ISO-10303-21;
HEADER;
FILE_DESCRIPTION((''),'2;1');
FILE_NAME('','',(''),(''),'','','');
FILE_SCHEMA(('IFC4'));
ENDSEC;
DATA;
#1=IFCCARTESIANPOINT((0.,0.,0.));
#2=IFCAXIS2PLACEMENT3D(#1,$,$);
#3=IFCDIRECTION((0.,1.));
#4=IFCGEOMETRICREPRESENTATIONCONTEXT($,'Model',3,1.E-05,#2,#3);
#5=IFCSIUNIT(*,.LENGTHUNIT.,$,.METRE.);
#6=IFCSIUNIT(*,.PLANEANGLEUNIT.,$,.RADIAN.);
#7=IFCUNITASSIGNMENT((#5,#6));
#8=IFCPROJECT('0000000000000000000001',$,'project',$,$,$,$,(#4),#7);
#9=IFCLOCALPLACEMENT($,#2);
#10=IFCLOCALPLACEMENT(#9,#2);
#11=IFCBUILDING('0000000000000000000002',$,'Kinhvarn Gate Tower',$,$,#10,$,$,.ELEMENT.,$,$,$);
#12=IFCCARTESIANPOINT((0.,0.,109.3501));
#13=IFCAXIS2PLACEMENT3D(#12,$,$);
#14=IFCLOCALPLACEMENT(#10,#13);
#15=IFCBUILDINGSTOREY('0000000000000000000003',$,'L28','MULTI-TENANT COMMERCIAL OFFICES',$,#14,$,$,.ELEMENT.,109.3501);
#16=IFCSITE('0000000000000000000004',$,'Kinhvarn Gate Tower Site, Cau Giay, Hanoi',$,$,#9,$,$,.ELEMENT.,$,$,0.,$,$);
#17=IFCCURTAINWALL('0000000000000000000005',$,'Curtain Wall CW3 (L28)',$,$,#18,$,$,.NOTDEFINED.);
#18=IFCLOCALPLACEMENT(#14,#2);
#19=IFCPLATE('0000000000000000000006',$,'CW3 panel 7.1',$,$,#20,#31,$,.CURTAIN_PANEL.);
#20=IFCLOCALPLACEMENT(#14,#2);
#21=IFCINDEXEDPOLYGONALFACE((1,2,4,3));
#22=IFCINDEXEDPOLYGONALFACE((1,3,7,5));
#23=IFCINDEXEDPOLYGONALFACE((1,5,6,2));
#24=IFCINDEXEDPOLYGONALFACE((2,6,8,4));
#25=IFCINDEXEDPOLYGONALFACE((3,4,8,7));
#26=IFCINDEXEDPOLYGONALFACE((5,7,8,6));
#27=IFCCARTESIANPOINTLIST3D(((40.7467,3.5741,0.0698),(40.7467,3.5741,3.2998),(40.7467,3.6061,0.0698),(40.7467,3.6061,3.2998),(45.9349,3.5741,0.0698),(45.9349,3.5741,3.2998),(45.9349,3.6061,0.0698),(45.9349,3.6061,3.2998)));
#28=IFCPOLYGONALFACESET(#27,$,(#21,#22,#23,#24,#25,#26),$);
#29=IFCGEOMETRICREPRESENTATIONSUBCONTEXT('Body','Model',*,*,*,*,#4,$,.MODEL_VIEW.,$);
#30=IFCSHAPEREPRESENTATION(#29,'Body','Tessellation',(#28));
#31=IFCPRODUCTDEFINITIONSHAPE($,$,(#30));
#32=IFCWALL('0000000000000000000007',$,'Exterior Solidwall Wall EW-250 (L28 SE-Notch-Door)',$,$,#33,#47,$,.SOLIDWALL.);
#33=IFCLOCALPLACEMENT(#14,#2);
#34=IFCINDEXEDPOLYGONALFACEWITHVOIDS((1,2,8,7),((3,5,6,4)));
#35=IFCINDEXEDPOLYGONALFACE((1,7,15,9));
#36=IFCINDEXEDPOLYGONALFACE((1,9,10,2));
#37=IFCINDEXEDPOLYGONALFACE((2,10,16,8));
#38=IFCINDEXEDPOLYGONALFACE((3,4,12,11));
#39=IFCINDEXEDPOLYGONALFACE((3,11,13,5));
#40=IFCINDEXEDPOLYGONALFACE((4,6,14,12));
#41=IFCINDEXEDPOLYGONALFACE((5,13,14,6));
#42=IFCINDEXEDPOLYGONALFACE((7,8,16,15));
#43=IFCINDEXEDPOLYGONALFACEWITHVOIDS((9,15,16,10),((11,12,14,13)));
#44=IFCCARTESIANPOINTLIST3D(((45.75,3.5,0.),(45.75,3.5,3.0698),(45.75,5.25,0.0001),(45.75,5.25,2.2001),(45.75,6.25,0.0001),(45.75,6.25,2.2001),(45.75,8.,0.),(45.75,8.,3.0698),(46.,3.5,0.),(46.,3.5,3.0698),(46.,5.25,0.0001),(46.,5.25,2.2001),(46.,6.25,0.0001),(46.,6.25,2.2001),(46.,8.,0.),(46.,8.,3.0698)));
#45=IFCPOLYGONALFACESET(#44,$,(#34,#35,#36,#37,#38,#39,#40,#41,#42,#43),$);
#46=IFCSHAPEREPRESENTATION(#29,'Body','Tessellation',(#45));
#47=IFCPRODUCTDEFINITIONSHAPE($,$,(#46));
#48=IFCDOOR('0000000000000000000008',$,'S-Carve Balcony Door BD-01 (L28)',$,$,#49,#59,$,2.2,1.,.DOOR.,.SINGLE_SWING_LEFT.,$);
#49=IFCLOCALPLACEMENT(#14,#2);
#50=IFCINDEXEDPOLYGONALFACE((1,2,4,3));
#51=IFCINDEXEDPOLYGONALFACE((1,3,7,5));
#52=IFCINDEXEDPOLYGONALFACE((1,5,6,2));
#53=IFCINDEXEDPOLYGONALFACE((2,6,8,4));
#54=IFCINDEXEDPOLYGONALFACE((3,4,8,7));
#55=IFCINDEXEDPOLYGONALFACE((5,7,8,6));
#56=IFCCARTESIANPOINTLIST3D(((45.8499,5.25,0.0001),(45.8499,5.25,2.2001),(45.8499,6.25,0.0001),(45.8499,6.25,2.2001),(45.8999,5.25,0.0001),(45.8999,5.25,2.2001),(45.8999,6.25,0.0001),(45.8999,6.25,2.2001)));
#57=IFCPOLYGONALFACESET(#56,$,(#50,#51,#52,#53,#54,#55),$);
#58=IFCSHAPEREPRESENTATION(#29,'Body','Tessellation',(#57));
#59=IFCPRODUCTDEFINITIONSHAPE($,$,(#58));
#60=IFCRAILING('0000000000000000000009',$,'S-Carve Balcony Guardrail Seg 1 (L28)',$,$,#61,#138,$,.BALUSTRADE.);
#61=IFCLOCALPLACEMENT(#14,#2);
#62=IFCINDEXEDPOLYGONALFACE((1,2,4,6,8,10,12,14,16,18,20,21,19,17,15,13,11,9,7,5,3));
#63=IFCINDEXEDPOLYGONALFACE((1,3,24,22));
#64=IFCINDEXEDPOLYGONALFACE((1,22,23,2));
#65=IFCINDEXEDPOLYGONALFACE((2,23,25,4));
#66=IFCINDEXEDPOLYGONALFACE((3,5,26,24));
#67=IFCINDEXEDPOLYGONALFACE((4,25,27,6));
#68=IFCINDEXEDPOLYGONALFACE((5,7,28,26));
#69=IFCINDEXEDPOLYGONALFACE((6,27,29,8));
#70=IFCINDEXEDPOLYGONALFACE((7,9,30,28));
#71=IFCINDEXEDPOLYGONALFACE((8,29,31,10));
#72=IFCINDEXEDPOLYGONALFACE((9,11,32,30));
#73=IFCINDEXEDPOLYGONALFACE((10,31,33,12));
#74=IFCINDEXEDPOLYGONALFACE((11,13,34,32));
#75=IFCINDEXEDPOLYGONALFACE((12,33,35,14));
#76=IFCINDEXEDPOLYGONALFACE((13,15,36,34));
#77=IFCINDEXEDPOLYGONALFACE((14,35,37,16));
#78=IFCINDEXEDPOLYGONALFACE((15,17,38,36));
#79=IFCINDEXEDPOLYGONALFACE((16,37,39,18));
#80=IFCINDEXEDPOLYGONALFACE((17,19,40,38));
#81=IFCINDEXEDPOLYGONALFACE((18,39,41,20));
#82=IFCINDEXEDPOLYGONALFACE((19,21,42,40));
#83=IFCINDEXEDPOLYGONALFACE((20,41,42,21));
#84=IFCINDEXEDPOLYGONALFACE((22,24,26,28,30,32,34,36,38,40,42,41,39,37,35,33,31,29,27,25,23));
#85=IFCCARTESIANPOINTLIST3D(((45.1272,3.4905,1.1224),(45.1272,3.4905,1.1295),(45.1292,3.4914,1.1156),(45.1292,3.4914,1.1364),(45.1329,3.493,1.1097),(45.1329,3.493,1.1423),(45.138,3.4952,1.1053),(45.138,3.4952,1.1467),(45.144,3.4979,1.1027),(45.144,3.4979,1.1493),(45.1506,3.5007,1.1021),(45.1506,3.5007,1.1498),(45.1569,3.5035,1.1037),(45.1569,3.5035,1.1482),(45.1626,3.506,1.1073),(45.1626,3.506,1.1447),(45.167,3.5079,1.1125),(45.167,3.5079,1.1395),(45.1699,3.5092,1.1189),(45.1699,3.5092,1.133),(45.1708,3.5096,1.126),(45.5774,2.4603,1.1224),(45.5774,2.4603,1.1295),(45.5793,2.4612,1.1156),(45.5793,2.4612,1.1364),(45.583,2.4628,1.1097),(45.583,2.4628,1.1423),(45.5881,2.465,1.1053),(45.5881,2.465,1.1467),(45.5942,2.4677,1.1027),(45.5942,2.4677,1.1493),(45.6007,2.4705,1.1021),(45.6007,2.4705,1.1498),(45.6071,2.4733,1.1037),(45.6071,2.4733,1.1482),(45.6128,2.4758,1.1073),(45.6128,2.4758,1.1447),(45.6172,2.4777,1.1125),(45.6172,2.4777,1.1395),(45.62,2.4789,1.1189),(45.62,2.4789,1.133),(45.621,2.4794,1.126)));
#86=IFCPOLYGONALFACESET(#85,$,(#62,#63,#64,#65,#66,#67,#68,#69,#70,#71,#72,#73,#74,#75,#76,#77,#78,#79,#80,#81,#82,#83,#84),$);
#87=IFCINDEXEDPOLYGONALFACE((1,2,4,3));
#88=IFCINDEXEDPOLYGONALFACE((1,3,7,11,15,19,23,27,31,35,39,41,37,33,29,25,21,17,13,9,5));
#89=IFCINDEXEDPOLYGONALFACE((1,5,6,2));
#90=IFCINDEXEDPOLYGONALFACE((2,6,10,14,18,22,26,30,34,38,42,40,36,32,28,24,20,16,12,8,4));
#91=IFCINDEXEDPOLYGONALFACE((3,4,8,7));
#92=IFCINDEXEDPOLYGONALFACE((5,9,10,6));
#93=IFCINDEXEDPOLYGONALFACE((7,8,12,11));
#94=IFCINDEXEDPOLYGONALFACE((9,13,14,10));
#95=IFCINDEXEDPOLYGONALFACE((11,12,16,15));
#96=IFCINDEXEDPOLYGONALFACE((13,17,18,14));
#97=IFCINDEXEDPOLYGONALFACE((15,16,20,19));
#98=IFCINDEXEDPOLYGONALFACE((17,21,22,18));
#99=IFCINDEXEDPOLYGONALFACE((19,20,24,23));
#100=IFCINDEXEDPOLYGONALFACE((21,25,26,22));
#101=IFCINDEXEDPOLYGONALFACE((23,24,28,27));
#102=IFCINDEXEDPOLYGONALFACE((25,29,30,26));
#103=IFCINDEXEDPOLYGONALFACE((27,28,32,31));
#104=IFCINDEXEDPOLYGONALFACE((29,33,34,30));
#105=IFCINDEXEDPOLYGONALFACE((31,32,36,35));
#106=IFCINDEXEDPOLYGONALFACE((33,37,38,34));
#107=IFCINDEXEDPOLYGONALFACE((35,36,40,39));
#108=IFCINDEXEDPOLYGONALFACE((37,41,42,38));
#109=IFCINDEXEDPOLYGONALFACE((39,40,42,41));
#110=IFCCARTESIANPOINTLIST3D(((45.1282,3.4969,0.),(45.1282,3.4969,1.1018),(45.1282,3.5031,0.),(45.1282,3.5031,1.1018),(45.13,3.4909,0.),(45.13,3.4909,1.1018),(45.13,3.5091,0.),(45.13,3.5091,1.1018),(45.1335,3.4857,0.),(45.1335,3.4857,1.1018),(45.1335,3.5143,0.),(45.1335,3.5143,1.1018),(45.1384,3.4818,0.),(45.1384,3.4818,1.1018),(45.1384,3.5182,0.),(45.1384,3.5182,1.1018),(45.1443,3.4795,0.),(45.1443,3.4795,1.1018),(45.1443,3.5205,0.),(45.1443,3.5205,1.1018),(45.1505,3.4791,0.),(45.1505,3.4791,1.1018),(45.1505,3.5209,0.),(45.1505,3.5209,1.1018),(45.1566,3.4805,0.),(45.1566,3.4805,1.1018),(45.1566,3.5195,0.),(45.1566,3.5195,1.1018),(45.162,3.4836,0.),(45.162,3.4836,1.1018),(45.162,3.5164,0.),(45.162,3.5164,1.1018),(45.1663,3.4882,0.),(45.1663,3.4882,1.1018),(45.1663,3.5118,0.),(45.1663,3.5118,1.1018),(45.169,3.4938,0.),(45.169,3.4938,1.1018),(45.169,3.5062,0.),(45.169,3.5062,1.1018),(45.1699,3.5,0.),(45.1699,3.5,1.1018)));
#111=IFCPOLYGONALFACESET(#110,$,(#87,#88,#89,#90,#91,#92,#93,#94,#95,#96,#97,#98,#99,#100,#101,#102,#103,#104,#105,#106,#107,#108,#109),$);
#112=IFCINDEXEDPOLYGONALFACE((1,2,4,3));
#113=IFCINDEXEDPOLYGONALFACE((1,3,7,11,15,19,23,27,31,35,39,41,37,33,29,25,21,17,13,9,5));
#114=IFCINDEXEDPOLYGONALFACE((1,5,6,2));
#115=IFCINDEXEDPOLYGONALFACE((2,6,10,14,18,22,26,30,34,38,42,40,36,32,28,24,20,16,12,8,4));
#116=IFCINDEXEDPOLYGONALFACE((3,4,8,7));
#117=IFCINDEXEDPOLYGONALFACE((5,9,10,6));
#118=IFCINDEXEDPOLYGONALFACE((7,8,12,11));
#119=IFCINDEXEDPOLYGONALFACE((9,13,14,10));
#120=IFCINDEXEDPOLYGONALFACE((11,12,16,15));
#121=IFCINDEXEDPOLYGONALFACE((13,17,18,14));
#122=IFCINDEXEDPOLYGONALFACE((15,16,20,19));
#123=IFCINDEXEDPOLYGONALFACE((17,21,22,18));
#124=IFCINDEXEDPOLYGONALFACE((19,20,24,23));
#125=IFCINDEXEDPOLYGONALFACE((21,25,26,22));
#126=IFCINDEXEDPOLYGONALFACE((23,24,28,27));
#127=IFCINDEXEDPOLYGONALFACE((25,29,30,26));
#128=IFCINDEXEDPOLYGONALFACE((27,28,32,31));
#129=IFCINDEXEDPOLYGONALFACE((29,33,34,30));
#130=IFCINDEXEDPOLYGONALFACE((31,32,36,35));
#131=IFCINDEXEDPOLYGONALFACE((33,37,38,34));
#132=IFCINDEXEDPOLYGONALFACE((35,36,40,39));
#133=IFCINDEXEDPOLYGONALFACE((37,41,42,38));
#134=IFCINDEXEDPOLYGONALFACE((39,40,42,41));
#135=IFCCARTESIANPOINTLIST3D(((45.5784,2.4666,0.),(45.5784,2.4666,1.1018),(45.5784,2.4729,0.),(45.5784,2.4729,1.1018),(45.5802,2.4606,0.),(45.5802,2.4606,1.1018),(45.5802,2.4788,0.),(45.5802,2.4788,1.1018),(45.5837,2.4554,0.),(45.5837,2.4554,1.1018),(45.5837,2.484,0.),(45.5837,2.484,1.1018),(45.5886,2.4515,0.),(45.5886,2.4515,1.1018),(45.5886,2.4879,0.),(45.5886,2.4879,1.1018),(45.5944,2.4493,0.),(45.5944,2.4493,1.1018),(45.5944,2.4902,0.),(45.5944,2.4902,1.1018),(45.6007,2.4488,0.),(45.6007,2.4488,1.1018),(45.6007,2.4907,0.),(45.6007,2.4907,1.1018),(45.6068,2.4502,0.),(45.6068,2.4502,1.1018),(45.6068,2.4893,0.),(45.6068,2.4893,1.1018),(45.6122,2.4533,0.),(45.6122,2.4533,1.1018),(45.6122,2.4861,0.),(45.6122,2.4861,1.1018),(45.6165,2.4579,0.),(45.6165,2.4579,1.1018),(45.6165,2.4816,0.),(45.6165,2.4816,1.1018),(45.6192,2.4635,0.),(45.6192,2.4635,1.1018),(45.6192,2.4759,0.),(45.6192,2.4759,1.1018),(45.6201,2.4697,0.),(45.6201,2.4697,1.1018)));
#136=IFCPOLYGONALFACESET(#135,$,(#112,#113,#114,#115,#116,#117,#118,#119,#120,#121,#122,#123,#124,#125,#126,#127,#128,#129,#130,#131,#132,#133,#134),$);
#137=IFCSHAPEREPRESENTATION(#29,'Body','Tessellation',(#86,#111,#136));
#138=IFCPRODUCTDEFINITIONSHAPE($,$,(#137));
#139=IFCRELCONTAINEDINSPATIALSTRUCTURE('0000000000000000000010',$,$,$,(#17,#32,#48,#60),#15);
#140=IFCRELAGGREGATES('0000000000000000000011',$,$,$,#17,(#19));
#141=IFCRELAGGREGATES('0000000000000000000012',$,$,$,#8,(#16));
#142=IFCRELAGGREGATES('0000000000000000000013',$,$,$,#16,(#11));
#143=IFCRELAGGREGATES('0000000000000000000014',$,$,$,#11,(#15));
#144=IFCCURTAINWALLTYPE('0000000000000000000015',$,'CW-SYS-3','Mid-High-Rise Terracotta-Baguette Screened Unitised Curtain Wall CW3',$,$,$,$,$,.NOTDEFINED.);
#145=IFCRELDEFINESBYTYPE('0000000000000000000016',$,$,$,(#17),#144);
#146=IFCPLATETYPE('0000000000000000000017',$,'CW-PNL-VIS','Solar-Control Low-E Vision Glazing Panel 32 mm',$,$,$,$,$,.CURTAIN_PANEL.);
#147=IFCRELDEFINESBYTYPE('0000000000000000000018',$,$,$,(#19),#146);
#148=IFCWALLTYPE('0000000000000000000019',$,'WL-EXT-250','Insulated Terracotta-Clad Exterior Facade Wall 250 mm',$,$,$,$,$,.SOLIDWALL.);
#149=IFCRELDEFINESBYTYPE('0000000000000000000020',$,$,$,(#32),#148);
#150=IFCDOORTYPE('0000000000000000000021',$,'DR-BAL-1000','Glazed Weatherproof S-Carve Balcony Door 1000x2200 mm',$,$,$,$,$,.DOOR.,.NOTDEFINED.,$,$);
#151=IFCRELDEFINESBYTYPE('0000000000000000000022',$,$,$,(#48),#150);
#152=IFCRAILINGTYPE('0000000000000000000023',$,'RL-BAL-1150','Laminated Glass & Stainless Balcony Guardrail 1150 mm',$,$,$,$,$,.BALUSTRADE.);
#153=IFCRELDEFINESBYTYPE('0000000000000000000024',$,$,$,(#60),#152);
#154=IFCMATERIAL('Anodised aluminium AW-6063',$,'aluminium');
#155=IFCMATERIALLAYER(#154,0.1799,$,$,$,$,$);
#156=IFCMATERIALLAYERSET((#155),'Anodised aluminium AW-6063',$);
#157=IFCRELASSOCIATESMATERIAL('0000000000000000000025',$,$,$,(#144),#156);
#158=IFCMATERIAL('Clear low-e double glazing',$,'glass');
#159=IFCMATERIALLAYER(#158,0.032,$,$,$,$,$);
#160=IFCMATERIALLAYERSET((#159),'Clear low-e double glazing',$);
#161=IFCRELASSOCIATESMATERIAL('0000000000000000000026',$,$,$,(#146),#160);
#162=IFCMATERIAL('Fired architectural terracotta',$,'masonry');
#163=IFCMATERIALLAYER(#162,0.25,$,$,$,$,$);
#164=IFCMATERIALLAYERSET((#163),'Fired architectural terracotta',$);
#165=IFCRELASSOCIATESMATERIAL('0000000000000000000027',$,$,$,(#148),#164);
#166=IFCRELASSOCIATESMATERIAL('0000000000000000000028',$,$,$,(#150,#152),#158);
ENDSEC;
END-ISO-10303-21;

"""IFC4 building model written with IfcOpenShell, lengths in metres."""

from ifc_helpers import new_model, si_unit, direction, frame, frame_2d, origin, origin_2d, place, context, subcontext, project, spatial, rectangle, circle, extrude, material, layer, layer_set, type_object, element, fill, aggregate, save


model = new_model("IFC4")

# Units and contexts
model_context = context("Model", 3, precision=1e-05, world=origin(), true_north=direction((0.0, 1.0)))
body_context = subcontext(model_context, "Body", "Model", "MODEL_VIEW")
ifc_project = project(units=[si_unit("LENGTHUNIT", "METRE"), si_unit("PLANEANGLEUNIT", "RADIAN")], contexts=[model_context])

# Site, building, storey
site_placement = place(None, origin())
site = spatial("IfcSite", under=ifc_project, at=site_placement, Name="Kinhvarn Gate Tower Site, Cau Giay, Hanoi", CompositionType="ELEMENT", RefElevation=0.0)
building_placement = place(site_placement, origin())
building = spatial("IfcBuilding", under=site, at=building_placement, Name="Kinhvarn Gate Tower", CompositionType="ELEMENT")
storey_placement = place(building_placement, frame((0.0, 0.0, 109.3501)))
storey = spatial("IfcBuildingStorey", under=building, at=storey_placement, Name="L28", Description="MULTI-TENANT COMMERCIAL OFFICES", CompositionType="ELEMENT", Elevation=109.3501)

# Curtain wall
ifc_material_1 = material(Name="Anodised aluminium AW-6063", Category="aluminium")
ifc_layer_1 = layer(ifc_material_1, 0.1799)
ifc_layer_set_1 = layer_set([ifc_layer_1], Name="Anodised aluminium AW-6063")
curtain_wall_type = type_object("IfcCurtainWallType", Name="CW-SYS-3", Description="Mid-High-Rise Terracotta-Baguette Screened Unitised Curtain Wall CW3", PredefinedType="NOTDEFINED", material=ifc_layer_set_1)
curtain_wall_1_placement = place(storey_placement, origin())
curtain_wall_1 = element("IfcCurtainWall", 1, at=curtain_wall_1_placement, inside=storey, type_object=curtain_wall_type, Name="Curtain Wall CW3 (L28)", PredefinedType="NOTDEFINED")

# Plate
ifc_material_2 = material(Name="Clear low-e double glazing", Category="glass")
ifc_layer_2 = layer(ifc_material_2, 0.032)
ifc_layer_set_2 = layer_set([ifc_layer_2], Name="Clear low-e double glazing")
plate_type = type_object("IfcPlateType", Name="CW-PNL-VIS", Description="Solar-Control Low-E Vision Glazing Panel 32 mm", PredefinedType="CURTAIN_PANEL", material=ifc_layer_set_2)
plate_placement = place(storey_placement, frame((43.3408, 3.5901, 0.0698), z_axis=(0.0, 0.0, 1.0), x_axis=(1.0, 0.0, 0.0)))
plate = element("IfcPlate", 2, at=plate_placement, type_object=plate_type, Name="CW3 panel 7.1", PredefinedType="CURTAIN_PANEL", context=body_context, shape_type="SweptSolid", body=[
    extrude(rectangle(XDim=5.1882, YDim=0.032, at=origin_2d()), origin(), (0.0, 0.0, 1.0), 3.23),
])
aggregate(curtain_wall_1, [plate])

# Wall, opening, door
ifc_material_3 = material(Name="Fired architectural terracotta", Category="masonry")
ifc_layer_3 = layer(ifc_material_3, 0.25)
ifc_layer_set_3 = layer_set([ifc_layer_3], Name="Fired architectural terracotta")
wall_type = type_object("IfcWallType", Name="WL-EXT-250", Description="Insulated Terracotta-Clad Exterior Facade Wall 250 mm", PredefinedType="SOLIDWALL", material=ifc_layer_set_3)
wall_placement = place(storey_placement, frame((45.875, 3.5, 0.0), z_axis=(0.0, 0.0, 1.0), x_axis=(0.0, 1.0, 0.0)))
wall = element("IfcWall", 3, at=wall_placement, inside=storey, type_object=wall_type, Name="Exterior Solidwall Wall EW-250 (L28 SE-Notch-Door)", PredefinedType="SOLIDWALL", context=body_context, shape_type="SweptSolid", body=[
    extrude(rectangle(XDim=4.5, YDim=0.25, at=frame_2d((2.25, 0.0))), origin(), (0.0, 0.0, 1.0), 3.0698),
])
opening_placement = place(wall_placement, frame((1.75, 0.0, 0.0)))
opening = element("IfcOpeningElement", 4, at=opening_placement, cuts=wall, PredefinedType="OPENING", context=body_context, shape_type="SweptSolid", body=[
    extrude(rectangle(XDim=1.0, YDim=2.2, at=frame_2d((0.5, 1.1001))), frame((0.0, 0.135, 0.0), z_axis=(0.0, -1.0, 0.0), x_axis=(1.0, 0.0, 0.0)), (0.0, 0.0, 1.0), 0.27),
])
door_type = type_object("IfcDoorType", Name="DR-BAL-1000", Description="Glazed Weatherproof S-Carve Balcony Door 1000x2200 mm", OperationType="NOTDEFINED", PredefinedType="DOOR", material=ifc_material_2)
door_placement = place(opening_placement, frame((1.0, 0.0, 0.0), z_axis=(0.0, 0.0, 1.0), x_axis=(-1.0, 0.0, 0.0)))
door = element("IfcDoor", 5, at=door_placement, inside=storey, type_object=door_type, Name="S-Carve Balcony Door BD-01 (L28)", OperationType="SINGLE_SWING_LEFT", OverallHeight=2.2, OverallWidth=1.0, PredefinedType="DOOR", context=body_context, shape_type="SweptSolid", body=[
    extrude(rectangle(XDim=1.0, YDim=2.2, at=frame_2d((0.5, 1.1001))), frame((0.0, 0.0249, 0.0), z_axis=(0.0, -1.0, 0.0), x_axis=(1.0, 0.0, 0.0)), (0.0, 0.0, 1.0), 0.05),
])
fill(opening, door)

# Railing
railing_type = type_object("IfcRailingType", Name="RL-BAL-1150", Description="Laminated Glass & Stainless Balcony Guardrail 1150 mm", PredefinedType="BALUSTRADE", material=ifc_material_2)
railing_1_placement = place(storey_placement, frame((45.1489, 3.5, 0.0)))
element("IfcRailing", 6, at=railing_1_placement, inside=storey, type_object=railing_type, Name="S-Carve Balcony Guardrail Seg 1 (L28)", PredefinedType="BALUSTRADE", context=body_context, shape_type="SweptSolid", body=[
    extrude(circle(Radius=0.0239, at=origin_2d()), frame((0.0, 0.0, 1.126), z_axis=(0.400409, -0.916337, 0.0), x_axis=(0.916337, 0.400409, 0.0)), (0.0, 0.0, 1.0), 1.1243),
    extrude(circle(Radius=0.021, at=origin_2d()), origin(), (0.0, 0.0, 1.0), 1.1018),
    extrude(circle(Radius=0.021, at=origin_2d()), frame((0.4502, -1.0303, 0.0)), (0.0, 0.0, 1.0), 1.1018),
])

save(model, "model.ifc")
